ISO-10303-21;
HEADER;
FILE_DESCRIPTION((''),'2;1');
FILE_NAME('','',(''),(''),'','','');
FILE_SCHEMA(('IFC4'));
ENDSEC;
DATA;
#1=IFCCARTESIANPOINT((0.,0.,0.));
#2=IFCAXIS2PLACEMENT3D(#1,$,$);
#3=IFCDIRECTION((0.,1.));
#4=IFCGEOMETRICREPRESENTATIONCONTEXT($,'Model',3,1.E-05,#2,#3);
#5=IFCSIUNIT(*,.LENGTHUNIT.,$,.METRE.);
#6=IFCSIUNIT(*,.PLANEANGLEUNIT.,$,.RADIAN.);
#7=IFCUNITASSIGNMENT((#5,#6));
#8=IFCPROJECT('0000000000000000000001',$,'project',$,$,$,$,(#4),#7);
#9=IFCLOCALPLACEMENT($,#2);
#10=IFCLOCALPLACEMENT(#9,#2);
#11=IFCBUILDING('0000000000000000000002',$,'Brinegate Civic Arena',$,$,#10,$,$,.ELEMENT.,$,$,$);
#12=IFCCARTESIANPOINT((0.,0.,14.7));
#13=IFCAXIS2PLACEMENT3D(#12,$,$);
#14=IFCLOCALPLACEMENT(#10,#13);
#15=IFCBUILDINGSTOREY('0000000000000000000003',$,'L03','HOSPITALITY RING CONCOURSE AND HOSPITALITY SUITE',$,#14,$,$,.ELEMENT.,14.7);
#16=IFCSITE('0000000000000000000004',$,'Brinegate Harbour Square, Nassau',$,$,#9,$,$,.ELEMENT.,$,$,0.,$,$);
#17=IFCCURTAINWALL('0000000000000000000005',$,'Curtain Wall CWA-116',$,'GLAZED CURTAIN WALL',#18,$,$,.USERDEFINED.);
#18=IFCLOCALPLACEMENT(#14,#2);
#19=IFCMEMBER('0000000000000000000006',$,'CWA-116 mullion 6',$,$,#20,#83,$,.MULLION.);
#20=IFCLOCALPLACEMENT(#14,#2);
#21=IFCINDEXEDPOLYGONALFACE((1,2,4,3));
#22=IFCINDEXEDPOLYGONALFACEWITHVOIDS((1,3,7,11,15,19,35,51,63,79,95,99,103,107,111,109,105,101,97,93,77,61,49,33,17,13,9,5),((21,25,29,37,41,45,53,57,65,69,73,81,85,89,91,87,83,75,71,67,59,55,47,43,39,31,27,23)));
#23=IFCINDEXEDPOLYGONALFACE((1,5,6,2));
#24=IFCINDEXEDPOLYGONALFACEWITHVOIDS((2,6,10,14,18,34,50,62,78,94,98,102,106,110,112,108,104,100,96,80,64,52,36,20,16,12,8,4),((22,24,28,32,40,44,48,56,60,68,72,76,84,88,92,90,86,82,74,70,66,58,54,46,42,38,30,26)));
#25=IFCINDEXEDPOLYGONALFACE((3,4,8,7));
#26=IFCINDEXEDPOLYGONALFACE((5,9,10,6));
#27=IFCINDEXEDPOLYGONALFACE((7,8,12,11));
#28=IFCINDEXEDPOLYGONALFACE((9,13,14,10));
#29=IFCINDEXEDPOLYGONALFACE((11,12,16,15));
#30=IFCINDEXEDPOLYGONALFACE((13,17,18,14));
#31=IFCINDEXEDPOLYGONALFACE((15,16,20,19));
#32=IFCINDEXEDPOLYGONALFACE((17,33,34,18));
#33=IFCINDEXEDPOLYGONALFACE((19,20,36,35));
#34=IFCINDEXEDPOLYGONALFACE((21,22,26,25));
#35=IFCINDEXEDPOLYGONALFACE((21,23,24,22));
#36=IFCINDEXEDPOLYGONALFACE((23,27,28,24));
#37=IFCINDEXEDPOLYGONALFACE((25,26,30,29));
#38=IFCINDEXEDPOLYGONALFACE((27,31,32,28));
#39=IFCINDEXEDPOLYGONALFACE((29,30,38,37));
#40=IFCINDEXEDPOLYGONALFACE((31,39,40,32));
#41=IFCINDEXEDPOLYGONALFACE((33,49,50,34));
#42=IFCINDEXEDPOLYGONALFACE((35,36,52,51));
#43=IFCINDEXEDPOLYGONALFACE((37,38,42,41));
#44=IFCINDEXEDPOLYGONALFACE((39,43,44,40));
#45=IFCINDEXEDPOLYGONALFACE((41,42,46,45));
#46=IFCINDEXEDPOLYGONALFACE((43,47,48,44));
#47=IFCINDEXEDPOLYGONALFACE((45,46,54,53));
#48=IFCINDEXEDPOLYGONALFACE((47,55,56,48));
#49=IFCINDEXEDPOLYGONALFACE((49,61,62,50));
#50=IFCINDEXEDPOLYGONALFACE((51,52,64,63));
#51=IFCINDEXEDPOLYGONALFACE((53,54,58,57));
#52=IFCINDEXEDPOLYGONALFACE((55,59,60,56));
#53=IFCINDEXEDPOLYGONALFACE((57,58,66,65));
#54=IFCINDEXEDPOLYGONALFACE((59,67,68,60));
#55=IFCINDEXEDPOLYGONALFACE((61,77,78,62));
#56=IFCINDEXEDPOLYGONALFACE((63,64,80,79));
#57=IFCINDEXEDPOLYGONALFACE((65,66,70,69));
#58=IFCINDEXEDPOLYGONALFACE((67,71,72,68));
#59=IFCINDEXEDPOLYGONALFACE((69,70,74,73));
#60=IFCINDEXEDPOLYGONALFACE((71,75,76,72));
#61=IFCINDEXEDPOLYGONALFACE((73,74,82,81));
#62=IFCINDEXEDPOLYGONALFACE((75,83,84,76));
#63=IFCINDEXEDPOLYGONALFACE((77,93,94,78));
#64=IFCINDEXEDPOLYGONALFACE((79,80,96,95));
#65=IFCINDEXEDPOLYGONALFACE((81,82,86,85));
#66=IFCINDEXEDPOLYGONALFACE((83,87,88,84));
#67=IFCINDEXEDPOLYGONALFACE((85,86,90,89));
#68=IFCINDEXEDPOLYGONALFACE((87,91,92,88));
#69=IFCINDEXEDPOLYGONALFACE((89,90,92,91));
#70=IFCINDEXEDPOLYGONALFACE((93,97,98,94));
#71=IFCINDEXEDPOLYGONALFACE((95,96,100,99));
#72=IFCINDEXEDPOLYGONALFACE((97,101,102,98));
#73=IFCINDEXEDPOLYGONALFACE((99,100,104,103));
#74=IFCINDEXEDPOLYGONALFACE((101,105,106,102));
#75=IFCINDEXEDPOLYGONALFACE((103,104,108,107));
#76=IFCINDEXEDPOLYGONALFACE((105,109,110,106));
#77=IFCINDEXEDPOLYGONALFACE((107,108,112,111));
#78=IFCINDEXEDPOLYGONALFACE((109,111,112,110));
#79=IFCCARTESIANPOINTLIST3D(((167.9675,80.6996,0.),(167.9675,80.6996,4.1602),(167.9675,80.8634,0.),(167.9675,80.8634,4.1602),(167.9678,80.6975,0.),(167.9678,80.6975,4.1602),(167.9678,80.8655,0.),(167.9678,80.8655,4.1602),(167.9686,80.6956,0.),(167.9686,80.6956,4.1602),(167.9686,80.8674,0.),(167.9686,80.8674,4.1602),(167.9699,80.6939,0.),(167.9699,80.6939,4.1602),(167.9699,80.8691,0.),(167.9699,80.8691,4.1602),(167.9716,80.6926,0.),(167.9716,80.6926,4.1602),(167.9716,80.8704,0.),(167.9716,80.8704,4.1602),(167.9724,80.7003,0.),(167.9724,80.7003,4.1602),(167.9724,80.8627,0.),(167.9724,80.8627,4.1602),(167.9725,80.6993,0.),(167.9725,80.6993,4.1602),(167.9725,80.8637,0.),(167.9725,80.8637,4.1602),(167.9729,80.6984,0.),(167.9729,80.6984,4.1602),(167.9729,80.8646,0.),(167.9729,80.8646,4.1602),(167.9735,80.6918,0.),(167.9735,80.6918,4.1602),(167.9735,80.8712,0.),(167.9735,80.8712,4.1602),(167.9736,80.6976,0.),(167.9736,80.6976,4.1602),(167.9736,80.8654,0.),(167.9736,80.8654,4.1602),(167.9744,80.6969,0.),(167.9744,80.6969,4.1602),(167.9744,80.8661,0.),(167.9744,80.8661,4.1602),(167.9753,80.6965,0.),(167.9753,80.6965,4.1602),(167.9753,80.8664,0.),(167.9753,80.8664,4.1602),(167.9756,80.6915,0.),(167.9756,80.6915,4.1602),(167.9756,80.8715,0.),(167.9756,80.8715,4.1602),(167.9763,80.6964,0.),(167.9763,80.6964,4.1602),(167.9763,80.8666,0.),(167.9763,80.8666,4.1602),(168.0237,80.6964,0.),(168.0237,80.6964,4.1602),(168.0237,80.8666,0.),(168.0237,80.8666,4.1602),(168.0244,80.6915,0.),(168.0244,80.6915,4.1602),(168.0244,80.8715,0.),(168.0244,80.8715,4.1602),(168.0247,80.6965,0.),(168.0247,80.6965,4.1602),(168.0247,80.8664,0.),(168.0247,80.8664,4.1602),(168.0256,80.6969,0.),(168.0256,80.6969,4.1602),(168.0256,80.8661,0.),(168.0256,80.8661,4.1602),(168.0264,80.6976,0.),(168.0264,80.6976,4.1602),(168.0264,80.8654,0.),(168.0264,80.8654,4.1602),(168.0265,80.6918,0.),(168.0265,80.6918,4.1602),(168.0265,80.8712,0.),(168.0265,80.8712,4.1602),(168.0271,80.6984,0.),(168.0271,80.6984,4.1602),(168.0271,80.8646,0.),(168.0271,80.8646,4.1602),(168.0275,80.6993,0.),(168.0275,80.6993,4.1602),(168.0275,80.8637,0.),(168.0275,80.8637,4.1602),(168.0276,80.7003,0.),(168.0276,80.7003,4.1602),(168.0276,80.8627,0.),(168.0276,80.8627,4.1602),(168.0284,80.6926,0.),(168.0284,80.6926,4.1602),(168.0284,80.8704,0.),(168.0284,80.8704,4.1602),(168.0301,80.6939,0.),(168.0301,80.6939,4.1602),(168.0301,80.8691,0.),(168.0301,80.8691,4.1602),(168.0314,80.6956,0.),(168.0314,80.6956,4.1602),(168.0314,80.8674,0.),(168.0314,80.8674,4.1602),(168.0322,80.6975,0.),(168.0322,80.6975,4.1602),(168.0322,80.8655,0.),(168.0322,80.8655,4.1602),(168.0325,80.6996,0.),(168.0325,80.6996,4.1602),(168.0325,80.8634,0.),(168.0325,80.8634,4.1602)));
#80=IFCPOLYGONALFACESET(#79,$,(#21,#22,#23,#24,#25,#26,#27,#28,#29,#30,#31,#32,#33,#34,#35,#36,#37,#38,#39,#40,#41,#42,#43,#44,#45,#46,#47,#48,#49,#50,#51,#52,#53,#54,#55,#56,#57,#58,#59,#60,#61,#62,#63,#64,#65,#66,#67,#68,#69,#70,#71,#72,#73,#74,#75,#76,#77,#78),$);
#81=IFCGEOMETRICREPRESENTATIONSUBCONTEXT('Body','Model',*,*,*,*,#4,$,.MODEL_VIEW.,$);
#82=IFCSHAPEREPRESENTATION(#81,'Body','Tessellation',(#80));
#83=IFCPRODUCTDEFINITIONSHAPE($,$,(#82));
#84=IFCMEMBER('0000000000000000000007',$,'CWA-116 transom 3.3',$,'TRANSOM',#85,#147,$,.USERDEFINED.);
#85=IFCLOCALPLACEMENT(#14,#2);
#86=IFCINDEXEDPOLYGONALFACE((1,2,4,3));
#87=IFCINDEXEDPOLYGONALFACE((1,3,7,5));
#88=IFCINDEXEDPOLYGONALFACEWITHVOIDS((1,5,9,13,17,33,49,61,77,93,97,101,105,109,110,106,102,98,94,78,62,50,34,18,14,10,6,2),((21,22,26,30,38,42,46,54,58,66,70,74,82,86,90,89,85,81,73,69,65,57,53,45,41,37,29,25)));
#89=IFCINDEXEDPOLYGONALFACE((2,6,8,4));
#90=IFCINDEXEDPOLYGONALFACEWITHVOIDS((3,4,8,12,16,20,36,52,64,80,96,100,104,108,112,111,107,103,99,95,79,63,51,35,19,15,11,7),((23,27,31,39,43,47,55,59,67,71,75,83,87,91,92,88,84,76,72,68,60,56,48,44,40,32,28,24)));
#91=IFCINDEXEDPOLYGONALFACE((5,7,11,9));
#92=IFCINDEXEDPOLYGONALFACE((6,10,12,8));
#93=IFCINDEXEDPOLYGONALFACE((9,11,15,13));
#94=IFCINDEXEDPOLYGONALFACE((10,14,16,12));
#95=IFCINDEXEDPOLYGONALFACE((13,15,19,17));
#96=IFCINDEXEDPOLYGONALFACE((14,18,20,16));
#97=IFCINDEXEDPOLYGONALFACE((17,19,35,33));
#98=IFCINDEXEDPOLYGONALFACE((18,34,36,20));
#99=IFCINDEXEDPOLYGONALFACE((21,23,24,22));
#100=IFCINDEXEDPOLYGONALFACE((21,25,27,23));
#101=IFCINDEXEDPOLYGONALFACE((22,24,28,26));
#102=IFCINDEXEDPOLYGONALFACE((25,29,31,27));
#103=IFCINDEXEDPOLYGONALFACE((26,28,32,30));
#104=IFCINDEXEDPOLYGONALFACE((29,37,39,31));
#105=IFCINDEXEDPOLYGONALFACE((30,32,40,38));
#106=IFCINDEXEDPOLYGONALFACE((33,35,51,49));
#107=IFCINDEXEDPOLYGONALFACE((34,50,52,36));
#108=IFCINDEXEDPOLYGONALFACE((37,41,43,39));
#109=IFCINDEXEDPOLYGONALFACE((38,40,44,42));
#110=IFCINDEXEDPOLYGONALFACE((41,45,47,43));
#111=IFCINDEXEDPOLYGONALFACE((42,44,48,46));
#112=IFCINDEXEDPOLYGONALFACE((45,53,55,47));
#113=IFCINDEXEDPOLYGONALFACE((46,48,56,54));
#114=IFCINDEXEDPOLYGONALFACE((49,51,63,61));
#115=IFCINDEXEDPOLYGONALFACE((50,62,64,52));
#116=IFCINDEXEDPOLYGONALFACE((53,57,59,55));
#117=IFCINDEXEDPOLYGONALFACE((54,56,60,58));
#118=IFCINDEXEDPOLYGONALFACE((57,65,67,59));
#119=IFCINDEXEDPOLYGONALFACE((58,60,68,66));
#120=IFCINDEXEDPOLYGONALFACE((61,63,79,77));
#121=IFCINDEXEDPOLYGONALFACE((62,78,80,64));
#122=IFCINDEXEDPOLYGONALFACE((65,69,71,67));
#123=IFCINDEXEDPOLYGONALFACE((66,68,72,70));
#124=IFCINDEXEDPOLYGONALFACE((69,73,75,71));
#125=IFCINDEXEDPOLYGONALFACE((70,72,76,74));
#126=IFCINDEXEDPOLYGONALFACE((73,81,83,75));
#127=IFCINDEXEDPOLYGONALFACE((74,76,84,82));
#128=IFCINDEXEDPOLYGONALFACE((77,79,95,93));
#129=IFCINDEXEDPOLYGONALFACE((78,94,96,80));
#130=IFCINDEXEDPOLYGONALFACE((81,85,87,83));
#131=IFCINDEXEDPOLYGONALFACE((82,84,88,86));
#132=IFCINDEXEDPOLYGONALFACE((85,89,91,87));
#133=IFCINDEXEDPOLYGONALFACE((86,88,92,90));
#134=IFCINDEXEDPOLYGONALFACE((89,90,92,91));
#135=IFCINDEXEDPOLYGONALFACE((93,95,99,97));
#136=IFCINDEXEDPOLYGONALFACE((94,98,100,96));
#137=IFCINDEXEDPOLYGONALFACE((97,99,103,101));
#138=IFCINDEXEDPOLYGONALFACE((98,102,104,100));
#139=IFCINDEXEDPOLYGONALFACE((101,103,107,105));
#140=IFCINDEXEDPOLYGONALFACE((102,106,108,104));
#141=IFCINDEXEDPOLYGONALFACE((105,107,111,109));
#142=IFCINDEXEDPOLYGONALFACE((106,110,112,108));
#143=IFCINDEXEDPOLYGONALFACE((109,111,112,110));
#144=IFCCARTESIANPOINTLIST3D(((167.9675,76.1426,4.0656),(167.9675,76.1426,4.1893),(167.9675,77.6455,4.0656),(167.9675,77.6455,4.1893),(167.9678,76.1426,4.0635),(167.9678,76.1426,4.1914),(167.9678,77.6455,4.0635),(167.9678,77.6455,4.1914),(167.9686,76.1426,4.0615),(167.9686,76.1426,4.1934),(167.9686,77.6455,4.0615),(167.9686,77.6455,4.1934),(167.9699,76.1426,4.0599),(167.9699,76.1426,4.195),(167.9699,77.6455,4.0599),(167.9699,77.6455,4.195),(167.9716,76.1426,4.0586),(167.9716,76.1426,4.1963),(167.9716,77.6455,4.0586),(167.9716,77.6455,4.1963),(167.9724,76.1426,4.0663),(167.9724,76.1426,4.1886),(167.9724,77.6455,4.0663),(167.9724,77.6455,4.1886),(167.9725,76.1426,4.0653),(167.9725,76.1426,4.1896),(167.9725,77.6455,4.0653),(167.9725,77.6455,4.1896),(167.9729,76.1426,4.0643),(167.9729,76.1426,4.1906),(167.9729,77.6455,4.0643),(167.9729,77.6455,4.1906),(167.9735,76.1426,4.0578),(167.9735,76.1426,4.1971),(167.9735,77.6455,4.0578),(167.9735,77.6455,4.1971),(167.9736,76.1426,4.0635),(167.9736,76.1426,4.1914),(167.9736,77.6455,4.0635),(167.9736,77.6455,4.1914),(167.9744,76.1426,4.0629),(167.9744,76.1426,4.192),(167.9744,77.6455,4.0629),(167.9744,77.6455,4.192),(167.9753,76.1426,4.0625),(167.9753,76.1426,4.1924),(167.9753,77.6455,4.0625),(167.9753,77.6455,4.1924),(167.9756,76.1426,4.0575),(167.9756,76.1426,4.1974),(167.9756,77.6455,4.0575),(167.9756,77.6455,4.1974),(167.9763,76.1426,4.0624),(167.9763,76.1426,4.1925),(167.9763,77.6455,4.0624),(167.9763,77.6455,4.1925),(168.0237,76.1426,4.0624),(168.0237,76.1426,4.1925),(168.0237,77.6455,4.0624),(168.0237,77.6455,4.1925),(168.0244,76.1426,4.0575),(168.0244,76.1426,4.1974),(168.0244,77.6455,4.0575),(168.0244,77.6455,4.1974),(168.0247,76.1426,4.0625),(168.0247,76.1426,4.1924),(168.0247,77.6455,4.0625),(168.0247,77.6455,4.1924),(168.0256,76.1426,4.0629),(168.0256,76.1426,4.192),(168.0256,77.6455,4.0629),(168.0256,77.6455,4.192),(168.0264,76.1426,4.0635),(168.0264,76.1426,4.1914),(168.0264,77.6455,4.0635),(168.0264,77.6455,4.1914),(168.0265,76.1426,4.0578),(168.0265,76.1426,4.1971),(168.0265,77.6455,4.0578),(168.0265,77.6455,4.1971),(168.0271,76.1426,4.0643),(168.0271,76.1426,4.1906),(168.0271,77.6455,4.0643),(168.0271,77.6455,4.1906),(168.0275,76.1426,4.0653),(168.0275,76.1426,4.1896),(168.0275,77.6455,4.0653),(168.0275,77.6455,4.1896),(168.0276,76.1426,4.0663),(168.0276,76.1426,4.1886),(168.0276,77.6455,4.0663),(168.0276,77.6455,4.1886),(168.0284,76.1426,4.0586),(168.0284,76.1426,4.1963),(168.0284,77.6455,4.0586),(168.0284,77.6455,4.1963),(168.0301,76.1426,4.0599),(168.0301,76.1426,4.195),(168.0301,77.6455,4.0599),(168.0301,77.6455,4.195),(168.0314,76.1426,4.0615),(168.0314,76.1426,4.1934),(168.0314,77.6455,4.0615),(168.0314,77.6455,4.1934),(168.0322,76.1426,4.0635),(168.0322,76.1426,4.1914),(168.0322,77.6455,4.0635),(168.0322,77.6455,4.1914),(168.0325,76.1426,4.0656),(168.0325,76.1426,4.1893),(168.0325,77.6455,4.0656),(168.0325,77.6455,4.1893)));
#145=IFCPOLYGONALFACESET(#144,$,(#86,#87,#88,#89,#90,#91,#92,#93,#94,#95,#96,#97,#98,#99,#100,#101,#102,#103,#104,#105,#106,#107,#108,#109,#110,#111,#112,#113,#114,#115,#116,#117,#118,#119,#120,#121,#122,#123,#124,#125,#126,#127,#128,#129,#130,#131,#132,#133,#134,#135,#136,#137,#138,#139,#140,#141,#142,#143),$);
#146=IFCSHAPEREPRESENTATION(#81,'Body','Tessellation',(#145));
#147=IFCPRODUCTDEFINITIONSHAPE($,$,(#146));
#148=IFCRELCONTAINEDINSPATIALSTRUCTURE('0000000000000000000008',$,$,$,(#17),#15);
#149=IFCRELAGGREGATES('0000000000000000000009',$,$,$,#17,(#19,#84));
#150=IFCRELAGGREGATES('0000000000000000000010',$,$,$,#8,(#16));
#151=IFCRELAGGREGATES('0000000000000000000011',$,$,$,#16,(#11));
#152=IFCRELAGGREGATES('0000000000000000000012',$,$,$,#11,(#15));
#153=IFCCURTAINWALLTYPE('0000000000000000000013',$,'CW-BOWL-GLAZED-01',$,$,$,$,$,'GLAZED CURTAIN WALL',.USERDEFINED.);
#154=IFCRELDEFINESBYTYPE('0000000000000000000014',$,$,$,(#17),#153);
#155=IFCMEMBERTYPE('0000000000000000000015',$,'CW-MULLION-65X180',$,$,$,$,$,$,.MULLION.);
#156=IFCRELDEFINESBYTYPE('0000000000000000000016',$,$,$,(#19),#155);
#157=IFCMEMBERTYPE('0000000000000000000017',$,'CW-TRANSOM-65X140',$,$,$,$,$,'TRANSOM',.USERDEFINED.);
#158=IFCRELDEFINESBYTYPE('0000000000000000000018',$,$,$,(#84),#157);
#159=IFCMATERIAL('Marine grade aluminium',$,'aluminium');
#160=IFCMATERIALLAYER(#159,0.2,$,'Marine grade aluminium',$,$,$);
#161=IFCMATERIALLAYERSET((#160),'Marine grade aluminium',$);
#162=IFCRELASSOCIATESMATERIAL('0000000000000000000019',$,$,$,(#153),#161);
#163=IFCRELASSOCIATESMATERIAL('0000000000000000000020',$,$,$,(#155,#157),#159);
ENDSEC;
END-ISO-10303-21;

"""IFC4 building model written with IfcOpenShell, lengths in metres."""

from ifc_helpers import new_model, si_unit, direction, frame, origin, origin_2d, place, context, subcontext, project, spatial, hollow_rectangle, extrude, material, layer, layer_set, material_profile, profile_set, type_object, element, aggregate, save


model = new_model("IFC4")

# Units and contexts
model_context = context("Model", 3, precision=1e-05, world=origin(), true_north=direction((0.0, 1.0)))
body_context = subcontext(model_context, "Body", "Model", "MODEL_VIEW")
ifc_project = project(units=[si_unit("LENGTHUNIT", "METRE"), si_unit("PLANEANGLEUNIT", "RADIAN")], contexts=[model_context])

# Site, building, storey
site_placement = place(None, origin())
site = spatial("IfcSite", under=ifc_project, at=site_placement, Name="Brinegate Harbour Square, Nassau", CompositionType="ELEMENT", RefElevation=0.0)
building_placement = place(site_placement, origin())
building = spatial("IfcBuilding", under=site, at=building_placement, Name="Brinegate Civic Arena", CompositionType="ELEMENT")
storey_placement = place(building_placement, frame((0.0, 0.0, 14.7)))
storey = spatial("IfcBuildingStorey", under=building, at=storey_placement, Name="L03", Description="HOSPITALITY RING CONCOURSE AND HOSPITALITY SUITE", CompositionType="ELEMENT", Elevation=14.7)

# Curtain wall, members
ifc_material_1 = material(Name="Marine grade aluminium", Category="aluminium")
ifc_layer_1 = layer(ifc_material_1, 0.2, Name="Marine grade aluminium")
ifc_layer_set_1 = layer_set([ifc_layer_1], Name="Marine grade aluminium")
curtain_wall_type = type_object("IfcCurtainWallType", Name="CW-BOWL-GLAZED-01", ElementType="GLAZED CURTAIN WALL", PredefinedType="USERDEFINED", material=ifc_layer_set_1)
curtain_wall_placement = place(storey_placement, origin())
curtain_wall = element("IfcCurtainWall", 1, at=curtain_wall_placement, inside=storey, type_object=curtain_wall_type, Name="Curtain Wall CWA-116", ObjectType="GLAZED CURTAIN WALL", PredefinedType="USERDEFINED")
ifc_material_profile_1 = material_profile(ifc_material_1, hollow_rectangle(XDim=0.0649, YDim=0.1799, WallThickness=0.0049, InnerFilletRadius=0.0039, OuterFilletRadius=0.0081, at=origin_2d()), Name="MUL65X180")
ifc_profile_set_1 = profile_set([ifc_material_profile_1], Name="Marine grade aluminium")
member_type_1 = type_object("IfcMemberType", Name="CW-MULLION-65X180", PredefinedType="MULLION", material=ifc_profile_set_1)
member_1_placement = place(storey_placement, frame((168.0, 80.7815, 0.0), z_axis=(0.0, 0.0, 1.0), x_axis=(-1.0, 0.0, 0.0)))
member_1 = element("IfcMember", 2, at=member_1_placement, type_object=member_type_1, Name="CWA-116 mullion 6", PredefinedType="MULLION", context=body_context, shape_type="SweptSolid", body=[
    extrude(hollow_rectangle(XDim=0.0649, YDim=0.1799, WallThickness=0.0049, InnerFilletRadius=0.0039, OuterFilletRadius=0.0081, at=origin_2d()), origin(), (0.0, 0.0, 1.0), 4.1602),
])
ifc_material_profile_2 = material_profile(ifc_material_1, hollow_rectangle(XDim=0.0649, YDim=0.1399, WallThickness=0.0049, InnerFilletRadius=0.0039, OuterFilletRadius=0.0081, at=origin_2d()), Name="TRN65X140")
ifc_profile_set_2 = profile_set([ifc_material_profile_2], Name="Marine grade aluminium")
member_type_2 = type_object("IfcMemberType", Name="CW-TRANSOM-65X140", ElementType="TRANSOM", PredefinedType="USERDEFINED", material=ifc_profile_set_2)
member_2_placement = place(storey_placement, frame((168.0, 76.1426, 4.1274), z_axis=(0.0, 1.0, 0.0), x_axis=(-1.0, 0.0, 0.0)))
member_2 = element("IfcMember", 3, at=member_2_placement, type_object=member_type_2, Name="CWA-116 transom 3.3", ObjectType="TRANSOM", PredefinedType="USERDEFINED", context=body_context, shape_type="SweptSolid", body=[
    extrude(hollow_rectangle(XDim=0.0649, YDim=0.1399, WallThickness=0.0049, InnerFilletRadius=0.0039, OuterFilletRadius=0.0081, at=origin_2d()), origin(), (0.0, 0.0, 1.0), 1.5029),
])
aggregate(curtain_wall, [member_1, member_2])

save(model, "model.ifc")
